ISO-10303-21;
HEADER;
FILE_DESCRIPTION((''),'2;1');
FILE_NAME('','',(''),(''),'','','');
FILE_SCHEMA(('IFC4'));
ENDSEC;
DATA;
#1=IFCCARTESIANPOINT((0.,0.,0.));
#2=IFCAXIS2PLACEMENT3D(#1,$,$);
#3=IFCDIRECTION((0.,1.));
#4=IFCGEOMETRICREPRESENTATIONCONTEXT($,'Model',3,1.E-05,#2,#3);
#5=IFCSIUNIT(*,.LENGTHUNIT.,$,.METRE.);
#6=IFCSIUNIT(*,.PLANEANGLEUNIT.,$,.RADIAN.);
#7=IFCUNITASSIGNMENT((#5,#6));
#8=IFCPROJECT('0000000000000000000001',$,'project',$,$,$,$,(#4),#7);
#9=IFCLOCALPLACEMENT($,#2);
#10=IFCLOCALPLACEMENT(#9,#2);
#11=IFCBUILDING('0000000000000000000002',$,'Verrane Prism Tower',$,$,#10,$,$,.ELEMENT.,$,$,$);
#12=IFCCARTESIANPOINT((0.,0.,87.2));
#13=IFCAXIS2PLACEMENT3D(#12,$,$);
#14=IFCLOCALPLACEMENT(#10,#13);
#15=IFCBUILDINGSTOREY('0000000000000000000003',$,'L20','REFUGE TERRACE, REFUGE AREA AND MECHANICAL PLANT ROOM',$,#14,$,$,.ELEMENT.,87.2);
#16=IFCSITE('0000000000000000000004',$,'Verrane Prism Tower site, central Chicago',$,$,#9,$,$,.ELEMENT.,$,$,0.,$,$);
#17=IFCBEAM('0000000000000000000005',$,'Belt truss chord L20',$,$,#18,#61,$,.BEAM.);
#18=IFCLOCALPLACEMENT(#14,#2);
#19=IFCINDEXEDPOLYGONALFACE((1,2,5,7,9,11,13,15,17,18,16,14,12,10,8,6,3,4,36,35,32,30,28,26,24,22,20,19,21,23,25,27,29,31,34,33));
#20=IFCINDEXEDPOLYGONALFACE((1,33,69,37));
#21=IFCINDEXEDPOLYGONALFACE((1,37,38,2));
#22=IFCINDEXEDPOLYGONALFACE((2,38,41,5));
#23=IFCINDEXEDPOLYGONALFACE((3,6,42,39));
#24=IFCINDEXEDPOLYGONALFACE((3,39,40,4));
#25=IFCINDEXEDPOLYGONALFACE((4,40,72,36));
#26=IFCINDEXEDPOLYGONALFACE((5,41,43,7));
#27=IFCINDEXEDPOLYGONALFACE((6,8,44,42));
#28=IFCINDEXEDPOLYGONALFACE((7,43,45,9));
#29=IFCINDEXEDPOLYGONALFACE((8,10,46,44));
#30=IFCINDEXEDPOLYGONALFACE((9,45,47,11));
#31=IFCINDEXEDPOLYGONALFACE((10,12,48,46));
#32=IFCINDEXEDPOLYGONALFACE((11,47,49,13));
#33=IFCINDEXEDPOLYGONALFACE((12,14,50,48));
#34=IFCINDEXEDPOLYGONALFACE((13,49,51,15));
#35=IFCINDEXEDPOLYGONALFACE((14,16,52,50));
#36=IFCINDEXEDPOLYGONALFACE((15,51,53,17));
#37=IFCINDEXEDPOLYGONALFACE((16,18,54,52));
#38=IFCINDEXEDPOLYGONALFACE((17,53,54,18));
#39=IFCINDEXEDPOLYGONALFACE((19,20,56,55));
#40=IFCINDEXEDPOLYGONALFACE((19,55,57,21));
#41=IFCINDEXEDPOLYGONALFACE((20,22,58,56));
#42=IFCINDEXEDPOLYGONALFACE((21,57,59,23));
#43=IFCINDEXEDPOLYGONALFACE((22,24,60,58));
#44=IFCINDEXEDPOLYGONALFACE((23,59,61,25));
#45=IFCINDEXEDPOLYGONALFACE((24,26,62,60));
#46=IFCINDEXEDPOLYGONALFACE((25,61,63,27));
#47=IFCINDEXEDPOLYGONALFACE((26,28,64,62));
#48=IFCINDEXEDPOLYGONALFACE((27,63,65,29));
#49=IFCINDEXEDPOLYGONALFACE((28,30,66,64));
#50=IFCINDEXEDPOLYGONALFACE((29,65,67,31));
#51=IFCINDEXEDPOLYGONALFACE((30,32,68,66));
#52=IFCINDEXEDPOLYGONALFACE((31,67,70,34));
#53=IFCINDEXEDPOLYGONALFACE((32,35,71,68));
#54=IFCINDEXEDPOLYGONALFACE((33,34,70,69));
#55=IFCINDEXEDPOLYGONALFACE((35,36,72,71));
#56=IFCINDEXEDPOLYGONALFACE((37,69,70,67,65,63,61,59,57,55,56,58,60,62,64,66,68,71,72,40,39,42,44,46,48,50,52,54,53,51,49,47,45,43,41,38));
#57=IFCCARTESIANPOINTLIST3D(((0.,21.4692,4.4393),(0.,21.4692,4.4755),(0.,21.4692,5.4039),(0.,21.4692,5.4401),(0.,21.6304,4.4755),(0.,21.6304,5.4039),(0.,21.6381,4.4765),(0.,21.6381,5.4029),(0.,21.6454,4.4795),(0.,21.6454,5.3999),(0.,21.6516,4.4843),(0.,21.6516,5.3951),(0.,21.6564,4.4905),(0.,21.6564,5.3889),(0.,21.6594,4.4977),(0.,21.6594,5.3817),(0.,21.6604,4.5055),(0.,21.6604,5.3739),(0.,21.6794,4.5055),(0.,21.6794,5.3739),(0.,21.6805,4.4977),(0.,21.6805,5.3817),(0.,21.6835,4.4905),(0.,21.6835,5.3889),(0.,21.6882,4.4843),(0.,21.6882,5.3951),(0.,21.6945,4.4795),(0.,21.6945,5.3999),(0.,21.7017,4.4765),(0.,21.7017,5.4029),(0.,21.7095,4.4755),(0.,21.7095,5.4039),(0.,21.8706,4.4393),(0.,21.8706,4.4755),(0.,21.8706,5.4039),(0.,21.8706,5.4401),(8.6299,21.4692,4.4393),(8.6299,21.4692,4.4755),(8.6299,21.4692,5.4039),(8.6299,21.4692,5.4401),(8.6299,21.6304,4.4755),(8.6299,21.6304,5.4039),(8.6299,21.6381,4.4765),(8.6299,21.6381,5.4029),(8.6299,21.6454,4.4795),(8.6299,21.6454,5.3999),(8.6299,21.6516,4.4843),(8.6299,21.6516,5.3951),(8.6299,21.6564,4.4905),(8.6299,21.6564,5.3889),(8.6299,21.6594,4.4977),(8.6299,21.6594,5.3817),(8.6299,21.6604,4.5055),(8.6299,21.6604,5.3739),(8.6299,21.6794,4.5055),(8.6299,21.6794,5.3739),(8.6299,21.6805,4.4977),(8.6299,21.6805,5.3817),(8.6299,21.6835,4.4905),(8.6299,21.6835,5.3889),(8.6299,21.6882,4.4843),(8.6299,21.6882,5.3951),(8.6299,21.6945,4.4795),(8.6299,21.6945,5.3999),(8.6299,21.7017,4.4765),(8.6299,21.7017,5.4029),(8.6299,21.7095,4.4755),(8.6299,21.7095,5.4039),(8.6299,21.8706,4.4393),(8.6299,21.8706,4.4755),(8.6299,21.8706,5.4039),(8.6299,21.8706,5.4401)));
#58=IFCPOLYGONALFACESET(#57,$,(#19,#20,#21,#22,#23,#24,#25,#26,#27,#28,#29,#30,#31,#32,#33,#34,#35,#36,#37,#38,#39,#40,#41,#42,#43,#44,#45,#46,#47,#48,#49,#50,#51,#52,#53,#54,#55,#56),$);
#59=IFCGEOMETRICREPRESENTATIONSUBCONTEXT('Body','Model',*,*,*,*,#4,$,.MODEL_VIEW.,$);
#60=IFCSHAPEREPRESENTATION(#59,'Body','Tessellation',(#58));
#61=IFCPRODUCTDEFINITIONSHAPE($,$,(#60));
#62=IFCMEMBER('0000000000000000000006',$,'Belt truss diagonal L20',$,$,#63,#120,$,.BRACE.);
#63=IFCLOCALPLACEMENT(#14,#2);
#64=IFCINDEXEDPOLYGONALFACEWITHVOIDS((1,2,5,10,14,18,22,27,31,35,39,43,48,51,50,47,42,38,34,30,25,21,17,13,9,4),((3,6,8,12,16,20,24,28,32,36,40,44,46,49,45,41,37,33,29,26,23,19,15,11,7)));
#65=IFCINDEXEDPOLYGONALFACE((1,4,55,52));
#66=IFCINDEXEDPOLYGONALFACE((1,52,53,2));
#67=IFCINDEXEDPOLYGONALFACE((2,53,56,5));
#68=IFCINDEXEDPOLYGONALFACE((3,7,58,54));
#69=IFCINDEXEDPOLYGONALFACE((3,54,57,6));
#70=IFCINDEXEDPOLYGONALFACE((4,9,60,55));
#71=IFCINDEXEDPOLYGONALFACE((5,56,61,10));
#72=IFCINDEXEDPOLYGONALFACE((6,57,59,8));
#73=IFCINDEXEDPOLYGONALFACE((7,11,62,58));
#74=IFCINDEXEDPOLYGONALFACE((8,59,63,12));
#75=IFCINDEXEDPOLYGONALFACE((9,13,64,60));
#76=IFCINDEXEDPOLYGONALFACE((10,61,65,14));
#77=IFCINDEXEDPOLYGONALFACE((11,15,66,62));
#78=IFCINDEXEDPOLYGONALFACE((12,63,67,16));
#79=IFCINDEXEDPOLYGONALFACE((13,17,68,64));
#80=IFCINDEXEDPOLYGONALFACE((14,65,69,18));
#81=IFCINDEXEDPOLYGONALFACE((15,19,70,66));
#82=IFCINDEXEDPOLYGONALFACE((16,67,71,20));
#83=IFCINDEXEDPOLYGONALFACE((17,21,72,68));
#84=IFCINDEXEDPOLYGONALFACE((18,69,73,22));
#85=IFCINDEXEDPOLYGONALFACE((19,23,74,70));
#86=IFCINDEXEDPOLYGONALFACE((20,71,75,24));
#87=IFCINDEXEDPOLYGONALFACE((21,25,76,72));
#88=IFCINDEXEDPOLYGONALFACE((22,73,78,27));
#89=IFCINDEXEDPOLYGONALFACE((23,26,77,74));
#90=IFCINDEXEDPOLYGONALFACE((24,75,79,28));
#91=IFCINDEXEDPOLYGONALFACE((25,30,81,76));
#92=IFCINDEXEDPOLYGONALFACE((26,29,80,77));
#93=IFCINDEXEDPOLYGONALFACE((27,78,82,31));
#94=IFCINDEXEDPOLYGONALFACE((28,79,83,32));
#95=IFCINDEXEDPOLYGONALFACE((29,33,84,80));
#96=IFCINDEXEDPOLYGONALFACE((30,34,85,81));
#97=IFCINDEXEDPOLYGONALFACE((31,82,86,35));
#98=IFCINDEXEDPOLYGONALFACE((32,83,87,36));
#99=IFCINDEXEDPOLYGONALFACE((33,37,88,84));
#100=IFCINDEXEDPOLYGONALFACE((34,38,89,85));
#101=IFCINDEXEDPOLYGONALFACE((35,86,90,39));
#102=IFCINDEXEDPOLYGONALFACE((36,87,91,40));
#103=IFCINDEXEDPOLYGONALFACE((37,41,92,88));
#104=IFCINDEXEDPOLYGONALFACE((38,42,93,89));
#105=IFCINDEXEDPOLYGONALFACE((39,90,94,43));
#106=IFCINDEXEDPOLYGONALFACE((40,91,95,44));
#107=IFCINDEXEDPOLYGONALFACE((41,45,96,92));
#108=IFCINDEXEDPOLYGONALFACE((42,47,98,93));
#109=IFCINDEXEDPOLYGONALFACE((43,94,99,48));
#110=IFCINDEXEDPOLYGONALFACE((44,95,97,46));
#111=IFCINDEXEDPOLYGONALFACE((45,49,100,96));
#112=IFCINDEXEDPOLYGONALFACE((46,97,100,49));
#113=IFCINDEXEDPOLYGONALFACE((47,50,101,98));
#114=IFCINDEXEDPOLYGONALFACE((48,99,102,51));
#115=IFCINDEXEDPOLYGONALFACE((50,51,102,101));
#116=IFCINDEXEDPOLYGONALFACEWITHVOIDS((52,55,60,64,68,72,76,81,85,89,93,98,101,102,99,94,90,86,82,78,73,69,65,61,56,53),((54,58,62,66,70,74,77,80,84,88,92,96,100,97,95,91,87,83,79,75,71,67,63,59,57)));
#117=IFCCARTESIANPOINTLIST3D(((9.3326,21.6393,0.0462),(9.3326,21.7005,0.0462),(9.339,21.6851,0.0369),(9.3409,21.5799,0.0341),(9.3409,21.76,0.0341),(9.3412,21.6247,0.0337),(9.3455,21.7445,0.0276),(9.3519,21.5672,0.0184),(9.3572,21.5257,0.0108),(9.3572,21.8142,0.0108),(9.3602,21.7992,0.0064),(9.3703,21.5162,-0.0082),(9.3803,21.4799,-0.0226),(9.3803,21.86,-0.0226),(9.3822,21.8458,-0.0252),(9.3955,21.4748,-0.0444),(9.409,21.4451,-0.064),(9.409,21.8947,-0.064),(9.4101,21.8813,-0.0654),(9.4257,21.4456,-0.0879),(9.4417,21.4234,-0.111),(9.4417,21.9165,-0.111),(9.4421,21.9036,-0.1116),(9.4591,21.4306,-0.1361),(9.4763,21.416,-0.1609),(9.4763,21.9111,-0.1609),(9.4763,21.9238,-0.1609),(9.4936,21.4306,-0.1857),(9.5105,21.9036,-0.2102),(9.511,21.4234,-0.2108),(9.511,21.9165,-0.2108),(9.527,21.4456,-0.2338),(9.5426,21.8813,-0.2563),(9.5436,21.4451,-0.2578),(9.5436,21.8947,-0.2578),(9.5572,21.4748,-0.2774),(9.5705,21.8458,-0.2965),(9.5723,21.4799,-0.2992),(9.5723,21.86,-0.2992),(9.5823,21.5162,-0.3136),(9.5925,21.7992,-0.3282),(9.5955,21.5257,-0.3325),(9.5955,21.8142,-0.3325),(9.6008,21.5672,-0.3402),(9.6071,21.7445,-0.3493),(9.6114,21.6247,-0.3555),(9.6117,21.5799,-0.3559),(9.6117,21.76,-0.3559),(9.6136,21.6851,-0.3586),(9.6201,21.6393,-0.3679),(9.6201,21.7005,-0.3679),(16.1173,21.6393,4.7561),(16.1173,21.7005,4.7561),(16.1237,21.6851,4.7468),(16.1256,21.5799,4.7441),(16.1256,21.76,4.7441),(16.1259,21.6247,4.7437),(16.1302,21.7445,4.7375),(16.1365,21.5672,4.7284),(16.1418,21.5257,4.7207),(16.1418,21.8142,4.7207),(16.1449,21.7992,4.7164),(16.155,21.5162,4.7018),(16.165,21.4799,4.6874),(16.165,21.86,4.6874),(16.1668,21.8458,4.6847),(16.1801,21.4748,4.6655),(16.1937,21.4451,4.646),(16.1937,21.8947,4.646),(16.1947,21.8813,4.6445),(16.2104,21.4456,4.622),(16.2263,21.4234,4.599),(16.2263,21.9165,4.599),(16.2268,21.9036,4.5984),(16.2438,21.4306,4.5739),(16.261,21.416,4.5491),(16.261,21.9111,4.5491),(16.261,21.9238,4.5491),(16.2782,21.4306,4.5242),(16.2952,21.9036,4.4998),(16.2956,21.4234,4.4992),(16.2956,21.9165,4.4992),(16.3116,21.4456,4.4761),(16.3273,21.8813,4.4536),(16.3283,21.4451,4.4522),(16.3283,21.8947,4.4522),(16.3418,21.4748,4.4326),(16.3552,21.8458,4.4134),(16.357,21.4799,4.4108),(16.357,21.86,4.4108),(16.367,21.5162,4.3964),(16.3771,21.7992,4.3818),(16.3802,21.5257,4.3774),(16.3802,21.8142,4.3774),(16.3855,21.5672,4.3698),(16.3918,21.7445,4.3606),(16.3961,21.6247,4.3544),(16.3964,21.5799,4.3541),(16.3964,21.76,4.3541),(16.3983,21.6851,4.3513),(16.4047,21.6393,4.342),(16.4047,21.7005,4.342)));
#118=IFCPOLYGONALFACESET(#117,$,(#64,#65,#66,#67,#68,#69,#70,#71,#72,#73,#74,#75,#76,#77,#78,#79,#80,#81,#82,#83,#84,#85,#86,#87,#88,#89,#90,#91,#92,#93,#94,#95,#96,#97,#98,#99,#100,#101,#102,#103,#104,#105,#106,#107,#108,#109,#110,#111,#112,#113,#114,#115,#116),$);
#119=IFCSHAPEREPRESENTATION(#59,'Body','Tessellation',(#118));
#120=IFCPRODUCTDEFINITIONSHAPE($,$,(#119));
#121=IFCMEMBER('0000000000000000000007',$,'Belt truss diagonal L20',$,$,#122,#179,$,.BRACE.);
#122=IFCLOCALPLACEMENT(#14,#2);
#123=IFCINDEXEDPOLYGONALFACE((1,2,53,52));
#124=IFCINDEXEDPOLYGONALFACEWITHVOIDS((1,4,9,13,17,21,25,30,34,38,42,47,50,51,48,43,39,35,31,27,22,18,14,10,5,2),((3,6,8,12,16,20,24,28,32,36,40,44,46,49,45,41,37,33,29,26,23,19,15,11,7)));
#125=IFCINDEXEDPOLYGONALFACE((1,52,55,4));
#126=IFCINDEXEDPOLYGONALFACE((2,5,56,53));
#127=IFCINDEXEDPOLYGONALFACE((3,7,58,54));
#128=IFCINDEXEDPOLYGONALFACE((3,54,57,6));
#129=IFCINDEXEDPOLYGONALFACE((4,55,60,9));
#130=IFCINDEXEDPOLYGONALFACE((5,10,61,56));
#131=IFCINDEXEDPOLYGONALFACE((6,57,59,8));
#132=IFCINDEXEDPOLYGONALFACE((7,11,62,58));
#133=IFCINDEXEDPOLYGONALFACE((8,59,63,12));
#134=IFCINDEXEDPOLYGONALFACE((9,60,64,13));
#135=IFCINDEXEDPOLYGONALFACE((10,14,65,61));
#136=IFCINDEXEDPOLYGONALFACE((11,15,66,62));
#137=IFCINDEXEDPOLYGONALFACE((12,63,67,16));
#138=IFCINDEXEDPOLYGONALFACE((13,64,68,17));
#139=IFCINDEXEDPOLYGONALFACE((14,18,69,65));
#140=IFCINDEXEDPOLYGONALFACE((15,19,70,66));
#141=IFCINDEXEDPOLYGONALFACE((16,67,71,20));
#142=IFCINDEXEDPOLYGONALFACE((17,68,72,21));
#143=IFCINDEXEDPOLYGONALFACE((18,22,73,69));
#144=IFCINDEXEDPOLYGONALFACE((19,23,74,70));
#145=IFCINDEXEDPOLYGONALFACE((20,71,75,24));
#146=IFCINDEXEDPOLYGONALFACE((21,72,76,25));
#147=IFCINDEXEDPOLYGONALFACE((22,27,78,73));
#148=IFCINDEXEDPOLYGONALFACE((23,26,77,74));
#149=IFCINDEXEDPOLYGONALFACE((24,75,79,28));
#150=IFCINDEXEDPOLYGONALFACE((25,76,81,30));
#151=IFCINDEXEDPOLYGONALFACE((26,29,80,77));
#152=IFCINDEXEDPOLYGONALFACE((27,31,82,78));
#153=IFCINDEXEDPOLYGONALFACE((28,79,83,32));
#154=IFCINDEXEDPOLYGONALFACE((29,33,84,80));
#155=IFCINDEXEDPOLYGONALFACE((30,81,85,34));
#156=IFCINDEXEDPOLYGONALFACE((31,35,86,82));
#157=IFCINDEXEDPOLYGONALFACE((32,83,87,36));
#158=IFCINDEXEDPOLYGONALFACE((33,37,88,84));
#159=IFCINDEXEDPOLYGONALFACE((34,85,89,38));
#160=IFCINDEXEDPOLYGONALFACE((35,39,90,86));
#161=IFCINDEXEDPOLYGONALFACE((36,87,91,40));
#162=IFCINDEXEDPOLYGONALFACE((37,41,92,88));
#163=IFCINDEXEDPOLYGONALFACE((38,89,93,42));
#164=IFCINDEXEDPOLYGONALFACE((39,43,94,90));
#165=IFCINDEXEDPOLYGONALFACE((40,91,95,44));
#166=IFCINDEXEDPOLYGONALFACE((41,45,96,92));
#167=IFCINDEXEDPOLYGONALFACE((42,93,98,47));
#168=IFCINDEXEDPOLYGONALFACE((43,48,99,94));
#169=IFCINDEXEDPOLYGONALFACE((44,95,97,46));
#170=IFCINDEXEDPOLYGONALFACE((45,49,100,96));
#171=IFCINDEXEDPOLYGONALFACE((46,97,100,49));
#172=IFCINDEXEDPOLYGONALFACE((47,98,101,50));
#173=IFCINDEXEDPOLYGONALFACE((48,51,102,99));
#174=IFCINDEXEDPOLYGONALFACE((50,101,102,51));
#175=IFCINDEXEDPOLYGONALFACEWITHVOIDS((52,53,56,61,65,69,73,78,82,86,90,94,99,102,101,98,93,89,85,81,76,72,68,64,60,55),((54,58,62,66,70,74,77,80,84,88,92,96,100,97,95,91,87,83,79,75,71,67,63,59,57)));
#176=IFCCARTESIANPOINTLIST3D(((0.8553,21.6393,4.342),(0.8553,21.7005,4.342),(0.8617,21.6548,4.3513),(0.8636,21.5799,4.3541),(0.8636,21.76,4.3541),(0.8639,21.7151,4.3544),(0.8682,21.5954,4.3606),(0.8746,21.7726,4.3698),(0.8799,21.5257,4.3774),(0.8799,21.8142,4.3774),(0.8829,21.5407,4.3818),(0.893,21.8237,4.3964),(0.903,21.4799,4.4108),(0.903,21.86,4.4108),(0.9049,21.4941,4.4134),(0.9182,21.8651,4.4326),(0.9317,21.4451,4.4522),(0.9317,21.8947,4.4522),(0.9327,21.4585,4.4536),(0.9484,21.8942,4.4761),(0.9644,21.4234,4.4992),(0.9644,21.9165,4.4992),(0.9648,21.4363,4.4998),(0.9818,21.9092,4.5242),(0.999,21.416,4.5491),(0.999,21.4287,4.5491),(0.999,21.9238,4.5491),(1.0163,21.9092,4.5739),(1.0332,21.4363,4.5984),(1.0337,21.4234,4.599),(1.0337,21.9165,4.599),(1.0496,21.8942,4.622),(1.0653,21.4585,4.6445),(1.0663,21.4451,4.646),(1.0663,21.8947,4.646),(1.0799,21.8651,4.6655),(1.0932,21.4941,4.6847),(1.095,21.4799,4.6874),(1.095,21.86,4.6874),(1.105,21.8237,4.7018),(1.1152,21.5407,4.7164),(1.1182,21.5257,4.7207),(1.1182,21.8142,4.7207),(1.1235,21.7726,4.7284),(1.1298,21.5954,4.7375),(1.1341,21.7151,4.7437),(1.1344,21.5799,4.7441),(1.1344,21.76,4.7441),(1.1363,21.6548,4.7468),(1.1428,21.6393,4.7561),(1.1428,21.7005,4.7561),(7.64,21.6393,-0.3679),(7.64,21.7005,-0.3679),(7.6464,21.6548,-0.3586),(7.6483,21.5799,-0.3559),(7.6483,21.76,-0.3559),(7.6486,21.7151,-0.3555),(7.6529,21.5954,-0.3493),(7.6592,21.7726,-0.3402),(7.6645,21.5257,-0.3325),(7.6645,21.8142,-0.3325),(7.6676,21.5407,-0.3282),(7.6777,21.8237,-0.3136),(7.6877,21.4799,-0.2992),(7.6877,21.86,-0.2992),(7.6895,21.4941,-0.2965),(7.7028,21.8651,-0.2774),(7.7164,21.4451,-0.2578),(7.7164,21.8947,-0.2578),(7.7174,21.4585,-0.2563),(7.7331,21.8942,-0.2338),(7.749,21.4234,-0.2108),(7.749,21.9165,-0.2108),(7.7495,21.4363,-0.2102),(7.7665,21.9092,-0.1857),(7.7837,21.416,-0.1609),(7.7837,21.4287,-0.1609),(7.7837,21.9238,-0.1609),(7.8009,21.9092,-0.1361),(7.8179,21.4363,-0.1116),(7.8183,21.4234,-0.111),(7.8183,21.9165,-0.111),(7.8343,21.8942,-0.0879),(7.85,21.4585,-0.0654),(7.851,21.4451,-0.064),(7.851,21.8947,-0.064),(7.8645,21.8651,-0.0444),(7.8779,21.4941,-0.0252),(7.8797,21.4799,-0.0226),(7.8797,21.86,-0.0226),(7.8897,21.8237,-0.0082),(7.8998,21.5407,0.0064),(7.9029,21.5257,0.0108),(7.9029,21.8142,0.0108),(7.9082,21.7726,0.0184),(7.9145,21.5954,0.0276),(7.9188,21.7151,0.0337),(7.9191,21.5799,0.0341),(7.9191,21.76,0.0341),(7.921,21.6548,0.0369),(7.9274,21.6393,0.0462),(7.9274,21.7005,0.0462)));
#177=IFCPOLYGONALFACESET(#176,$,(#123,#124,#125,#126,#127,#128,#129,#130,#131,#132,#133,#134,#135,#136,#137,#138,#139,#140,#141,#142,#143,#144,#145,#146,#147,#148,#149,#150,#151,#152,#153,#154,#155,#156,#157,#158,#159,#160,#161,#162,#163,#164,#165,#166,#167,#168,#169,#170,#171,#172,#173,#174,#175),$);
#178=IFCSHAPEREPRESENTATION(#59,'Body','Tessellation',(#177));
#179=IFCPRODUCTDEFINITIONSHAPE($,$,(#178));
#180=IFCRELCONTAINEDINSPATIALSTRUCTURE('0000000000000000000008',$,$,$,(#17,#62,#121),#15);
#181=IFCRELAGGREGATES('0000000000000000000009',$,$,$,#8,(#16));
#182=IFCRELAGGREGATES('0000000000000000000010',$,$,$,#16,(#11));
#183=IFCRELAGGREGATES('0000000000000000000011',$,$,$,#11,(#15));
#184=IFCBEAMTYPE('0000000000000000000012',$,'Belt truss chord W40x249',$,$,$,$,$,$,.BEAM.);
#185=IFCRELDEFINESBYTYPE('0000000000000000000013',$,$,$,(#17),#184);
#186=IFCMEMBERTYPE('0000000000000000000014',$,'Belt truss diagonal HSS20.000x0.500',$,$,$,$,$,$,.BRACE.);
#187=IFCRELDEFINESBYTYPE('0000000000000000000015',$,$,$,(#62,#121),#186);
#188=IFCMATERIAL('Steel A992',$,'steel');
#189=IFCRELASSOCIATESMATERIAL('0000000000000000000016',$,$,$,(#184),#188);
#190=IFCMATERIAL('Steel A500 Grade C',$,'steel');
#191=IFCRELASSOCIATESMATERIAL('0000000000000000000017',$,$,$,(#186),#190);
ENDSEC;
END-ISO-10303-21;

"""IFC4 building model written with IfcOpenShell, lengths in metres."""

from ifc_helpers import new_model, si_unit, direction, frame, origin, origin_2d, place, context, subcontext, project, spatial, hollow_circle, i_section, extrude, material, material_profile, profile_set, type_object, element, save


model = new_model("IFC4")

# Units and contexts
model_context = context("Model", 3, precision=1e-05, world=origin(), true_north=direction((0.0, 1.0)))
body_context = subcontext(model_context, "Body", "Model", "MODEL_VIEW")
ifc_project = project(units=[si_unit("LENGTHUNIT", "METRE"), si_unit("PLANEANGLEUNIT", "RADIAN")], contexts=[model_context])

# Site, building, storey
site_placement = place(None, origin())
site = spatial("IfcSite", under=ifc_project, at=site_placement, Name="Verrane Prism Tower site, central Chicago", CompositionType="ELEMENT", RefElevation=0.0)
building_placement = place(site_placement, origin())
building = spatial("IfcBuilding", under=site, at=building_placement, Name="Verrane Prism Tower", CompositionType="ELEMENT")
storey_placement = place(building_placement, frame((0.0, 0.0, 87.2)))
storey = spatial("IfcBuildingStorey", under=building, at=storey_placement, Name="L20", Description="REFUGE TERRACE, REFUGE AREA AND MECHANICAL PLANT ROOM", CompositionType="ELEMENT", Elevation=87.2)

# Beam
ifc_material_1 = material(Name="Steel A992", Category="steel")
ifc_material_profile_1 = material_profile(ifc_material_1, i_section(OverallWidth=0.4014, OverallDepth=1.0007, WebThickness=0.019, FlangeThickness=0.0361, FilletRadius=0.03, at=origin_2d()), Name="W40x249")
ifc_profile_set_1 = profile_set([ifc_material_profile_1], Name="Steel A992")
beam_type_1 = type_object("IfcBeamType", Name="Belt truss chord W40x249", PredefinedType="BEAM", material=ifc_profile_set_1)
beam_1_placement = place(storey_placement, frame((8.6299, 21.6699, 4.9397), z_axis=(-1.0, 0.0, 0.0), x_axis=(0.0, -1.0, 0.0)))
element("IfcBeam", 1, at=beam_1_placement, inside=storey, type_object=beam_type_1, Name="Belt truss chord L20", PredefinedType="BEAM", context=body_context, shape_type="SweptSolid", body=[
    extrude(i_section(OverallWidth=0.4014, OverallDepth=1.0007, WebThickness=0.019, FlangeThickness=0.0361, FilletRadius=0.03, at=origin_2d()), origin(), (0.0, 0.0, 1.0), 8.6299),
])

# Members
ifc_material_2 = material(Name="Steel A500 Grade C", Category="steel")
ifc_material_profile_2 = material_profile(ifc_material_2, hollow_circle(Radius=0.2539, WallThickness=0.0127, at=origin_2d()), Name="HSS20.000x0.500")
ifc_profile_set_2 = profile_set([ifc_material_profile_2], Name="Steel A500 Grade C")
member_type_1 = type_object("IfcMemberType", Name="Belt truss diagonal HSS20.000x0.500", PredefinedType="BRACE", material=ifc_profile_set_2)
for number, where, z_axis, x_axis, name in (
    (2, (9.4763, 21.6699, -0.1609), (0.821462, 0.0, 0.570264), (0.0, 1.0, 0.0), "Belt truss diagonal L20"),
    (3, (7.7837, 21.6699, -0.1609), (-0.821462, 0.0, 0.570264), (0.0, -1.0, 0.0), "Belt truss diagonal L20"),
):
    element("IfcMember", number, at=place(storey_placement, frame(where, z_axis=z_axis, x_axis=x_axis)), inside=storey, type_object=member_type_1, Name=name, PredefinedType="BRACE", context=body_context, shape_type="SweptSolid", body=[
        extrude(hollow_circle(Radius=0.2539, WallThickness=0.0127, at=origin_2d()), origin(), (0.0, 0.0, 1.0), 8.2593),
    ])

save(model, "model.ifc")
